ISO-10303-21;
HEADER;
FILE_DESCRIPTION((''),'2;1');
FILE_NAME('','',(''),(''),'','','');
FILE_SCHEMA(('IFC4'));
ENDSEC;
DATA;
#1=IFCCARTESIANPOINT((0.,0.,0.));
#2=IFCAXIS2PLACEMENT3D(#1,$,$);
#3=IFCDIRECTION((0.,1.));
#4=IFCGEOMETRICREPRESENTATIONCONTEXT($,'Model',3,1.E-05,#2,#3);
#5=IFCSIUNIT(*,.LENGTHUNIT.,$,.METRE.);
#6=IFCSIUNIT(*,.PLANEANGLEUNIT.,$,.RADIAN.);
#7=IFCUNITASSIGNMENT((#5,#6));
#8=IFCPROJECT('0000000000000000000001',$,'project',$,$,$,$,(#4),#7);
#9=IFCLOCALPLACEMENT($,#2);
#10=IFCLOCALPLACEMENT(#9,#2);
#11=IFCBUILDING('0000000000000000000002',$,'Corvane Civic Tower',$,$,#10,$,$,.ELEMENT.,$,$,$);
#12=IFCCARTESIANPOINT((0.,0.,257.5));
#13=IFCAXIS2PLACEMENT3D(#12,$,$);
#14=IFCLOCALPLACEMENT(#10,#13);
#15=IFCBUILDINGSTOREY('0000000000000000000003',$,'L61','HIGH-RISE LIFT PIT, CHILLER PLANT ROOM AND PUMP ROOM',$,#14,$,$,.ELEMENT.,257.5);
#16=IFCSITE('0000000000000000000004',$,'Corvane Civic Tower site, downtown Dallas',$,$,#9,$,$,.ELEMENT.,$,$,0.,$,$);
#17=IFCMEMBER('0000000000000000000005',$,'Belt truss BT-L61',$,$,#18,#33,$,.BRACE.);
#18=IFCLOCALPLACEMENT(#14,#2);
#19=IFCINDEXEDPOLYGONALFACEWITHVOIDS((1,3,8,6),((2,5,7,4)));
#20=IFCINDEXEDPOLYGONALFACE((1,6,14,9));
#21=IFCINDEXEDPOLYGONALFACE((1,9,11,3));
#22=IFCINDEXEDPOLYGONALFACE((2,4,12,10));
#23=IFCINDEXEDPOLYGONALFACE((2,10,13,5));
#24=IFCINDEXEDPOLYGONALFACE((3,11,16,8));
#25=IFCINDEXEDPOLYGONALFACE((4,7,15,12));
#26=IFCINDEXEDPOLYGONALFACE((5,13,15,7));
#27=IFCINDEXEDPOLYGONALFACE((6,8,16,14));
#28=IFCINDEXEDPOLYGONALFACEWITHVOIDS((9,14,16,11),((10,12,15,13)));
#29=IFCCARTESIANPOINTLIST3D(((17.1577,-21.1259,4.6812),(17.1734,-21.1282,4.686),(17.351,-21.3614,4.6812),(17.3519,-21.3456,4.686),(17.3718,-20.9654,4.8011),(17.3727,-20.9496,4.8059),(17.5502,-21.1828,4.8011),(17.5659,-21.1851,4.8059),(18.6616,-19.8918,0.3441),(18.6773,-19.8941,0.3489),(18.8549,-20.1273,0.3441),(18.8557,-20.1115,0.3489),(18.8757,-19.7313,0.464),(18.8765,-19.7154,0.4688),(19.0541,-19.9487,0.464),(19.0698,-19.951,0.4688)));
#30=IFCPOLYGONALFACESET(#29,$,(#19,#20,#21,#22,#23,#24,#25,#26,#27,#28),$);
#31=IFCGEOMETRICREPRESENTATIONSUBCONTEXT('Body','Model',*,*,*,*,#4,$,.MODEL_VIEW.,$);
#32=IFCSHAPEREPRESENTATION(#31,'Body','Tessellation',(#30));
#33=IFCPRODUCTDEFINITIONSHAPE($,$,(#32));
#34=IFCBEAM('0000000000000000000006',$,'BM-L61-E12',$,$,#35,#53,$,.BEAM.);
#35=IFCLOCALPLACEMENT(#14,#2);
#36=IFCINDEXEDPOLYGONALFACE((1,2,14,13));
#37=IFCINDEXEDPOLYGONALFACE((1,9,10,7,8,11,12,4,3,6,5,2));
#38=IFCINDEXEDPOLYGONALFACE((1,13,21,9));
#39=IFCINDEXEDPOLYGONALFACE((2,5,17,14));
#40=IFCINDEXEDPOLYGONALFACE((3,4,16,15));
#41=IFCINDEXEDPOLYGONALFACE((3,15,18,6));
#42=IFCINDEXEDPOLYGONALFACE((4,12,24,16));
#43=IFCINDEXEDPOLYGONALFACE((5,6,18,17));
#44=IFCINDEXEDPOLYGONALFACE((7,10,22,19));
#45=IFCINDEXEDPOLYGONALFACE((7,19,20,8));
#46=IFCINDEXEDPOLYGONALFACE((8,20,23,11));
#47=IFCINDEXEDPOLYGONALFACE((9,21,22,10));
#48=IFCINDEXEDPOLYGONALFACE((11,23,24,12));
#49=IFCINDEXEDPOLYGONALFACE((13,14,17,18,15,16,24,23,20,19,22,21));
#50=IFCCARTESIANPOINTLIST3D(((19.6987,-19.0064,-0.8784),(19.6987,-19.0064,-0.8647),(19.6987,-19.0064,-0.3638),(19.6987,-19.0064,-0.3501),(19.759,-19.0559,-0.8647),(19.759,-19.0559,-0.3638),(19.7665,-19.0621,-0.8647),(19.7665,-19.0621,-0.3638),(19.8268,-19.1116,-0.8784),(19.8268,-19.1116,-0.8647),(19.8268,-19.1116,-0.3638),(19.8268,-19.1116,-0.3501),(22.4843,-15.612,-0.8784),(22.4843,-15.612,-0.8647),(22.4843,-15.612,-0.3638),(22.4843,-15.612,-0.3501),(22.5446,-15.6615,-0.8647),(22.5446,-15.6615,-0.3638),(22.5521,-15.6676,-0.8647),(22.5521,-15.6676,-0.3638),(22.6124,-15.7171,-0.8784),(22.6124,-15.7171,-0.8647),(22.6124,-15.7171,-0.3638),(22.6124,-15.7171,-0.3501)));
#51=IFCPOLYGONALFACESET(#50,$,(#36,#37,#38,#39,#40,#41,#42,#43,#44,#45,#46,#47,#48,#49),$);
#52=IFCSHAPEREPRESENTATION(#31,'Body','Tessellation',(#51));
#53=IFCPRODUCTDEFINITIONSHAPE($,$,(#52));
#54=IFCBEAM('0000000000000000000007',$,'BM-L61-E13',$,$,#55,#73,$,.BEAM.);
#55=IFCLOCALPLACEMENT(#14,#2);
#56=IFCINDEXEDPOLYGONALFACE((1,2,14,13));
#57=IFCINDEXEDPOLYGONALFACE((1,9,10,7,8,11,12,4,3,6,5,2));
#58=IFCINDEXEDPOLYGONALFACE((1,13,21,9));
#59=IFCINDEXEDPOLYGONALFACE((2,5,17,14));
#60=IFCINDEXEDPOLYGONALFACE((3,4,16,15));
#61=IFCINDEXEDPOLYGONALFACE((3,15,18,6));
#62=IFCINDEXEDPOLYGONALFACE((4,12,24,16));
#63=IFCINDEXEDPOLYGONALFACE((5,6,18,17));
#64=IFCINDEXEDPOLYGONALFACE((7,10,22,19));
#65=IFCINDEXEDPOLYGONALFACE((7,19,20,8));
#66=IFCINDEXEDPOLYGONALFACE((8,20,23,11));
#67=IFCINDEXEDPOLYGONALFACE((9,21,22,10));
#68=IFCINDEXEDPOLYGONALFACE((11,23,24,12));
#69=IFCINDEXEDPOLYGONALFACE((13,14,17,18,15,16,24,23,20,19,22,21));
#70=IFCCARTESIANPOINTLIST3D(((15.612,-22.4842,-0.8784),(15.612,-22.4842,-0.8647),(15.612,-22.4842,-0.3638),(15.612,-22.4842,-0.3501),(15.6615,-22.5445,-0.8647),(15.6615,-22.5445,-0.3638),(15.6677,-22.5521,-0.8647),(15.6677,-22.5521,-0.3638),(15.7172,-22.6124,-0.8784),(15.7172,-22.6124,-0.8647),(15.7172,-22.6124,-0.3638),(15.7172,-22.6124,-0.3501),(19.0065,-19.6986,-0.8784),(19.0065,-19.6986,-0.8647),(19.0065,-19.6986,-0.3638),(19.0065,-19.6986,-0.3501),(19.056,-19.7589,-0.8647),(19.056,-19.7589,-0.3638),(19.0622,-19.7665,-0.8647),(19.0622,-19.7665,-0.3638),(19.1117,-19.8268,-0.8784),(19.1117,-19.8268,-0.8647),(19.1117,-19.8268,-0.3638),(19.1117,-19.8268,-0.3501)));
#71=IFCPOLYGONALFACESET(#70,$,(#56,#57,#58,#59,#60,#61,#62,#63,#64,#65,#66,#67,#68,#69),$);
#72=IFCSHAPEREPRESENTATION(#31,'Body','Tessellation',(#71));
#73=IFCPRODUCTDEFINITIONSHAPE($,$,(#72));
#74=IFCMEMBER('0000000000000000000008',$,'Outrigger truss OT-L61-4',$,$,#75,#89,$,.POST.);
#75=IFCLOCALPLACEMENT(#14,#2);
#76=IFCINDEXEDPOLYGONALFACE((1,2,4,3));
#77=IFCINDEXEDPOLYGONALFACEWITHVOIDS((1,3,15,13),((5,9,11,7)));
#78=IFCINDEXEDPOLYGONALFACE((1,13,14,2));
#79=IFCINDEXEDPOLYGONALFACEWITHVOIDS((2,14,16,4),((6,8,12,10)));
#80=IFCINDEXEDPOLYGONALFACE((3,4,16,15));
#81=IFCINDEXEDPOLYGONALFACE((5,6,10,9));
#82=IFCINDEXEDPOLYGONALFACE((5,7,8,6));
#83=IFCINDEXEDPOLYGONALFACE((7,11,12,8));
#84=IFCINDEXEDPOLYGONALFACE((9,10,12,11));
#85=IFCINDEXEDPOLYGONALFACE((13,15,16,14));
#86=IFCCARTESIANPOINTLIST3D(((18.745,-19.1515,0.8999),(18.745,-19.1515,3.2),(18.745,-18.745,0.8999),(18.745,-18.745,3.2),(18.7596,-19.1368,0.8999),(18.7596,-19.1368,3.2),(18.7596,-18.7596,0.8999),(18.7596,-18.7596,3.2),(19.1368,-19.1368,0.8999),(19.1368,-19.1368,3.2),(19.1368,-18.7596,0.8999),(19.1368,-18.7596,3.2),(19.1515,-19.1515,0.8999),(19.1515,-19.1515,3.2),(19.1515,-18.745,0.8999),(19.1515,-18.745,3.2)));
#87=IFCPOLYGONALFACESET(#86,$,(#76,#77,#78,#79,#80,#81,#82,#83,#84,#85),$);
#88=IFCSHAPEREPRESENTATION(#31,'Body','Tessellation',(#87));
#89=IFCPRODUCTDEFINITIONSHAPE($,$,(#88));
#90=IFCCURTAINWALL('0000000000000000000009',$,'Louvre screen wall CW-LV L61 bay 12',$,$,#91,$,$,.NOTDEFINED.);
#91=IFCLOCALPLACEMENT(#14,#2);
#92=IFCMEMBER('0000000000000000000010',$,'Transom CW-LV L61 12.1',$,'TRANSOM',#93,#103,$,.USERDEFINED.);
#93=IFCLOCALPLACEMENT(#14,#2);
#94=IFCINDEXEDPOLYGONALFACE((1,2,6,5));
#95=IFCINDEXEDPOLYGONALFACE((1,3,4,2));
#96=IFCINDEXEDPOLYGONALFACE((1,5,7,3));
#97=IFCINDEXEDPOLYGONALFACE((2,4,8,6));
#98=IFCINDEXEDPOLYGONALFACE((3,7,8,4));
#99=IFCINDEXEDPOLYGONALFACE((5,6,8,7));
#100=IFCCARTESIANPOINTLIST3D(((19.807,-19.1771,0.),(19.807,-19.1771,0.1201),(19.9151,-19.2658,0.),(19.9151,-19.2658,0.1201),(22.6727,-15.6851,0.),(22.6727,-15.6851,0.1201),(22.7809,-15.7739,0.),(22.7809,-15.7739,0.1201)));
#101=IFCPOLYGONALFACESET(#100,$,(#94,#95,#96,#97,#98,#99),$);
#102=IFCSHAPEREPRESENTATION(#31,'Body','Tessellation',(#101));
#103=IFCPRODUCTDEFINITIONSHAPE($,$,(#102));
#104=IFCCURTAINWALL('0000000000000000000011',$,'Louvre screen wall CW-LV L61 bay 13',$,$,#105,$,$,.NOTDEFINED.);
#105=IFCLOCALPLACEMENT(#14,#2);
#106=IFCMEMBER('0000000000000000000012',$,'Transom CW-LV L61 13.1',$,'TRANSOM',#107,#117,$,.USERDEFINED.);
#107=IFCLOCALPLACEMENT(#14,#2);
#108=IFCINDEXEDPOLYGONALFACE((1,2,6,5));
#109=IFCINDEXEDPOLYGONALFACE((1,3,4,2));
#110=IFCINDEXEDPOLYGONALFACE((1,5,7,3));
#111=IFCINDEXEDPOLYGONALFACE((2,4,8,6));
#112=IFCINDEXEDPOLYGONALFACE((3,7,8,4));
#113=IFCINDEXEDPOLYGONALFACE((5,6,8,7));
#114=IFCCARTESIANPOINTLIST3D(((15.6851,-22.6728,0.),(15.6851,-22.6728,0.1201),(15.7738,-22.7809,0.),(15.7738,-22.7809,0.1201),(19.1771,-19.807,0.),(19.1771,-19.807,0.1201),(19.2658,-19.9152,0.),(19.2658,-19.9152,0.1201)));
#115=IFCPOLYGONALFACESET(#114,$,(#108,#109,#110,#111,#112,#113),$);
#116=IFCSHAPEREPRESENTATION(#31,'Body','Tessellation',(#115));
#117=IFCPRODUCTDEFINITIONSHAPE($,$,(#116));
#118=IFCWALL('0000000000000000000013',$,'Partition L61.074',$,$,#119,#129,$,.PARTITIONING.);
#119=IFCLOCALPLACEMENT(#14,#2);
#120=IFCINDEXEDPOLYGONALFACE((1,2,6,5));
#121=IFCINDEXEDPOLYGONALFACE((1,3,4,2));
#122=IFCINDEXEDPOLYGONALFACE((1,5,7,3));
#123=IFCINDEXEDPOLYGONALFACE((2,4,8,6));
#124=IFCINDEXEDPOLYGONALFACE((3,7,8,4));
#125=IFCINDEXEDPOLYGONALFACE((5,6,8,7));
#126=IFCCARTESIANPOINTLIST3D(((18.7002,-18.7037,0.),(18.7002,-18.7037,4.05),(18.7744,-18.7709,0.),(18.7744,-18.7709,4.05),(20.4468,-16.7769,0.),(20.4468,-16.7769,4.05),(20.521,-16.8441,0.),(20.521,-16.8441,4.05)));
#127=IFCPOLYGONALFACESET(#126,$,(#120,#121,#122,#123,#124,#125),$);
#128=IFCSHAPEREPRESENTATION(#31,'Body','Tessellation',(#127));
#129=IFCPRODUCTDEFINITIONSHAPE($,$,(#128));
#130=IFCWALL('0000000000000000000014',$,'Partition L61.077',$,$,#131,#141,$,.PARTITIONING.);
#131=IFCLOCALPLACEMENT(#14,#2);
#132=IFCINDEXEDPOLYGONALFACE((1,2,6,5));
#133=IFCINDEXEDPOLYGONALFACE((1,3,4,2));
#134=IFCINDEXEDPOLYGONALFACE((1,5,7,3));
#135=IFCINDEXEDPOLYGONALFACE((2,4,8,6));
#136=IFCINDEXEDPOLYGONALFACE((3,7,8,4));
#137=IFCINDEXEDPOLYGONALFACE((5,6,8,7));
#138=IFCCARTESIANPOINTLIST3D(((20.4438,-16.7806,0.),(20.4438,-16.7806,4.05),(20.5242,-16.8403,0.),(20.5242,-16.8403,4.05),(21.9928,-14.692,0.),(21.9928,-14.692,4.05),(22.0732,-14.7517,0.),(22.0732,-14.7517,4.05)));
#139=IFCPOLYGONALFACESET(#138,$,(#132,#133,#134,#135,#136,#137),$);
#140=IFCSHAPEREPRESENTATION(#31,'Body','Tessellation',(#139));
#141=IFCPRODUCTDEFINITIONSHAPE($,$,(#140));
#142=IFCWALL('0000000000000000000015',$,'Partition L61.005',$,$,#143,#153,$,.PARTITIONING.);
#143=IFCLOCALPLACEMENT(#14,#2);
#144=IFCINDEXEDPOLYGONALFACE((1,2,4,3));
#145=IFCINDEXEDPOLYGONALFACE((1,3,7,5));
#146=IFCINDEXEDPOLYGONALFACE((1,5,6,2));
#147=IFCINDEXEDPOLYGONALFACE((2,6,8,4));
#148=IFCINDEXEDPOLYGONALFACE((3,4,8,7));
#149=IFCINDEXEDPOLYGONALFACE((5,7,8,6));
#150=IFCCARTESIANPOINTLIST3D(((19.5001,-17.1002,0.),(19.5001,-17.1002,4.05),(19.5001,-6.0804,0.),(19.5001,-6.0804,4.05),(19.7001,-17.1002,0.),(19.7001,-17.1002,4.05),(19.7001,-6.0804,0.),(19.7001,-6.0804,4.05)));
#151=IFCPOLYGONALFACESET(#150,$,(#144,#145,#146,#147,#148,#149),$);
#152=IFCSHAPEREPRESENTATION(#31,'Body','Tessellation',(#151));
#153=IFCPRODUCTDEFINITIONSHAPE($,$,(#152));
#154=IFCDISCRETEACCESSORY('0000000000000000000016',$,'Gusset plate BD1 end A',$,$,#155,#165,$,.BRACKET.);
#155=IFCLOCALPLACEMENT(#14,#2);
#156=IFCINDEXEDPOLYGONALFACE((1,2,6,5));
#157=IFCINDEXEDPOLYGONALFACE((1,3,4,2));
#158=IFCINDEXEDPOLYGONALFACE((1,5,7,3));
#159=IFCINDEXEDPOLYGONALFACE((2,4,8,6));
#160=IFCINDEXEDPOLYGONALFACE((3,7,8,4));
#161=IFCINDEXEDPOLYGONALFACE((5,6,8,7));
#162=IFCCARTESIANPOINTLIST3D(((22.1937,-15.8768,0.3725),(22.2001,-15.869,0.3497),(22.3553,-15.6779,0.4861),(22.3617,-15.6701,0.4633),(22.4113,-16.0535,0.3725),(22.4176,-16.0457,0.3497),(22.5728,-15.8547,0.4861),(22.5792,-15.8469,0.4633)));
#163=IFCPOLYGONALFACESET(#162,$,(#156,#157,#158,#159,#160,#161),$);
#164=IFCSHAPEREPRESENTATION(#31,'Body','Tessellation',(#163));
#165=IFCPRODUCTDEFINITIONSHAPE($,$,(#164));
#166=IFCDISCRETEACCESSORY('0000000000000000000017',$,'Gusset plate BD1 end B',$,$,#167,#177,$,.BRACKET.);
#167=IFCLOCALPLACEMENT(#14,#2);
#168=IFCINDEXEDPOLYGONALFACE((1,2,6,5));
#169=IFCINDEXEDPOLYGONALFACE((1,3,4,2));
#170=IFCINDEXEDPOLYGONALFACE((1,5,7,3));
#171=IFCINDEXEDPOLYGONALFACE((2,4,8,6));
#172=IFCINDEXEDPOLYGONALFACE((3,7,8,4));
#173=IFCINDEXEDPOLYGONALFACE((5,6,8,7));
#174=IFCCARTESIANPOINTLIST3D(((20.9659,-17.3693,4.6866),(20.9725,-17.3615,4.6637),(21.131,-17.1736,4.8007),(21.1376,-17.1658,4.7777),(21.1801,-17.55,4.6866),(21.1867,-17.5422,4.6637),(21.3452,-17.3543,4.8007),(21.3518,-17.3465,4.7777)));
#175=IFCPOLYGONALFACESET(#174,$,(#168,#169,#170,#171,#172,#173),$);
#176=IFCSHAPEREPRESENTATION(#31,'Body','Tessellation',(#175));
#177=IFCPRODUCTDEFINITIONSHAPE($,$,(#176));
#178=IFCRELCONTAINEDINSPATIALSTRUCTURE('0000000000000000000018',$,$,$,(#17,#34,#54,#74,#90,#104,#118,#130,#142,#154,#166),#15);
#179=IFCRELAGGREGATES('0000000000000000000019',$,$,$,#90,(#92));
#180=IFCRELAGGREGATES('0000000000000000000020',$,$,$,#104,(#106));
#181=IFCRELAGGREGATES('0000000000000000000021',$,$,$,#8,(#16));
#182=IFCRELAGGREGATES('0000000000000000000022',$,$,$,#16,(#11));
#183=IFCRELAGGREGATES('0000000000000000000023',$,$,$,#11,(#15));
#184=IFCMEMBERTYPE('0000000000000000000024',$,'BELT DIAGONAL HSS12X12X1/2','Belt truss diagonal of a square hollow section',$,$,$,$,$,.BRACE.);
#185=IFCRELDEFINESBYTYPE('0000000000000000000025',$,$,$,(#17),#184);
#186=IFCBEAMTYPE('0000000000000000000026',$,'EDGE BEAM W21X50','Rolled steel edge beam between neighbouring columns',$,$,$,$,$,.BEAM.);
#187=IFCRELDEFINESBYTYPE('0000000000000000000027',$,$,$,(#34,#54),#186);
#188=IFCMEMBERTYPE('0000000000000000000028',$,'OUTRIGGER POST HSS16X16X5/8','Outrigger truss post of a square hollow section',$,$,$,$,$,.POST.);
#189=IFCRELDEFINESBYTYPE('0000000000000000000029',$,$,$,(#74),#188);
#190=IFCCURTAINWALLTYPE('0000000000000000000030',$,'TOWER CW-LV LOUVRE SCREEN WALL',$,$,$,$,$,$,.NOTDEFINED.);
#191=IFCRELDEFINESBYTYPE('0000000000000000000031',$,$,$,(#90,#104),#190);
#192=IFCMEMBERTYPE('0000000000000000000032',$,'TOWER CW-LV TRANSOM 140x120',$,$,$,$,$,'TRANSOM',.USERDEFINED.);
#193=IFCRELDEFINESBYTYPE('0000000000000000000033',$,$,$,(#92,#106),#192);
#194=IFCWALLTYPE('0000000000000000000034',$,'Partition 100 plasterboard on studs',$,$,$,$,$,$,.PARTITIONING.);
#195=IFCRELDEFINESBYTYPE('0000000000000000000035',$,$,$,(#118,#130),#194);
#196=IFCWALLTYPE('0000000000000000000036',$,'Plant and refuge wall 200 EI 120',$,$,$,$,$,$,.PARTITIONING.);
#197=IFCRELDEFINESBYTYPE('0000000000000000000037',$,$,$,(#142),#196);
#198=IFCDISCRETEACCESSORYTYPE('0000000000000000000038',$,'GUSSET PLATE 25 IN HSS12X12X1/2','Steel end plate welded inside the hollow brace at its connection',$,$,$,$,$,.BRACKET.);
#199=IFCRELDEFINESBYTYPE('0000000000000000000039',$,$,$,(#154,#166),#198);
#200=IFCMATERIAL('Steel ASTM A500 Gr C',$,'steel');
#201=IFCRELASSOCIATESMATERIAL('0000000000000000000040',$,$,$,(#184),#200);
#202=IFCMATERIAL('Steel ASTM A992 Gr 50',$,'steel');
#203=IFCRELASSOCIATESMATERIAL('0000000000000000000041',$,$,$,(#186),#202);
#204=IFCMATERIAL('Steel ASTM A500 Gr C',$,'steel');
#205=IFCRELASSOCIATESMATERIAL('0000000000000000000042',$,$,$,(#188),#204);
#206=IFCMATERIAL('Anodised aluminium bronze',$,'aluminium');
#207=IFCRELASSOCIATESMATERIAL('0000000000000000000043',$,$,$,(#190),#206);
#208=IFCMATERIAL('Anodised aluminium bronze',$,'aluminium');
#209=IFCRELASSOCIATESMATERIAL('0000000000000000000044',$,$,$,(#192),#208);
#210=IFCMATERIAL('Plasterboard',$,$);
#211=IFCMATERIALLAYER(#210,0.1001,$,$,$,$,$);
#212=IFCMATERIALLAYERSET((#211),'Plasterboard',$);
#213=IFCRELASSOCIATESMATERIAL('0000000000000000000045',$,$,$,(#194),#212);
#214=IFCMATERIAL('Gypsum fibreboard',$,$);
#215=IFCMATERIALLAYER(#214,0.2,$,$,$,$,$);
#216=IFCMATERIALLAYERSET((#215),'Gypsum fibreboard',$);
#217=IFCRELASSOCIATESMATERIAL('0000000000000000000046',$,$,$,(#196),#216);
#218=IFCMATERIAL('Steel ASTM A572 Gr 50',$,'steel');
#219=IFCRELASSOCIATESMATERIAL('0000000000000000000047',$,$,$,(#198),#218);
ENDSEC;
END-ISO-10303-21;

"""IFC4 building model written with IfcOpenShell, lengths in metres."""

from ifc_helpers import new_model, si_unit, direction, frame, frame_2d, origin, origin_2d, place, context, subcontext, project, spatial, rectangle, hollow_rectangle, i_section, extrude, material, layer, layer_set, material_profile, profile_set, type_object, element, aggregate, save


model = new_model("IFC4")

# Units and contexts
model_context = context("Model", 3, precision=1e-05, world=origin(), true_north=direction((0.0, 1.0)))
body_context = subcontext(model_context, "Body", "Model", "MODEL_VIEW")
ifc_project = project(units=[si_unit("LENGTHUNIT", "METRE"), si_unit("PLANEANGLEUNIT", "RADIAN")], contexts=[model_context])

# Site, building, storey
site_placement = place(None, origin())
site = spatial("IfcSite", under=ifc_project, at=site_placement, Name="Corvane Civic Tower site, downtown Dallas", CompositionType="ELEMENT", RefElevation=0.0)
building_placement = place(site_placement, origin())
building = spatial("IfcBuilding", under=site, at=building_placement, Name="Corvane Civic Tower", CompositionType="ELEMENT")
storey_placement = place(building_placement, frame((0.0, 0.0, 257.5)))
storey = spatial("IfcBuildingStorey", under=building, at=storey_placement, Name="L61", Description="HIGH-RISE LIFT PIT, CHILLER PLANT ROOM AND PUMP ROOM", CompositionType="ELEMENT", Elevation=257.5)

# Member
ifc_material_1 = material(Name="Steel ASTM A500 Gr C", Category="steel")
ifc_material_profile_1 = material_profile(ifc_material_1, hollow_rectangle(XDim=0.3047, YDim=0.3047, WallThickness=0.0117, at=origin_2d()), Name="HSS12X12X1/2")
ifc_profile_set_1 = profile_set([ifc_material_profile_1], Name="Steel ASTM A500 Gr C")
member_type_1 = type_object("IfcMemberType", Name="BELT DIAGONAL HSS12X12X1/2", Description="Belt truss diagonal of a square hollow section", PredefinedType="BRACE", material=ifc_profile_set_1)
for number, where, z_axis, x_axis, name in (
    (1, (18.8657, -19.9214, 0.4065), (-0.316379, -0.259626, 0.912414), (0.634365, -0.773034, 0.0), "Belt truss BT-L61"),
):
    element("IfcMember", number, at=place(storey_placement, frame(where, z_axis=z_axis, x_axis=x_axis)), inside=storey, type_object=member_type_1, Name=name, PredefinedType="BRACE", context=body_context, shape_type="SweptSolid", body=[
        extrude(hollow_rectangle(XDim=0.3047, YDim=0.3047, WallThickness=0.0117, at=origin_2d()), origin(), (0.0, 0.0, 1.0), 4.7534),
    ])

# Beams
ifc_material_2 = material(Name="Steel ASTM A992 Gr 50", Category="steel")
ifc_material_profile_2 = material_profile(ifc_material_2, i_section(OverallWidth=0.1658, OverallDepth=0.5283, WebThickness=0.0098, FlangeThickness=0.0137, at=origin_2d()), Name="W21X50")
ifc_profile_set_2 = profile_set([ifc_material_profile_2], Name="Steel ASTM A992 Gr 50")
beam_type = type_object("IfcBeamType", Name="EDGE BEAM W21X50", Description="Rolled steel edge beam between neighbouring columns", PredefinedType="BEAM", material=ifc_profile_set_2)
for number, where, z_axis, x_axis, name in (
    (2, (22.5483, -15.6646, -0.6143), (-0.634369, -0.77303, 0.0), (0.77303, -0.634369, 0.0), "BM-L61-E12"),
    (3, (19.0591, -19.7627, -0.6143), (-0.77303, -0.634369, 0.0), (0.634369, -0.77303, 0.0), "BM-L61-E13"),
):
    element("IfcBeam", number, at=place(storey_placement, frame(where, z_axis=z_axis, x_axis=x_axis)), inside=storey, type_object=beam_type, Name=name, PredefinedType="BEAM", context=body_context, shape_type="SweptSolid", body=[
        extrude(i_section(OverallWidth=0.1658, OverallDepth=0.5283, WebThickness=0.0098, FlangeThickness=0.0137, at=origin_2d()), origin(), (0.0, 0.0, 1.0), 4.3911),
    ])

# Member
ifc_material_3 = material(Name="Steel ASTM A500 Gr C", Category="steel")
ifc_material_profile_3 = material_profile(ifc_material_3, hollow_rectangle(XDim=0.4065, YDim=0.4065, WallThickness=0.0146, at=origin_2d()), Name="HSS16X16X5/8")
ifc_profile_set_3 = profile_set([ifc_material_profile_3], Name="Steel ASTM A500 Gr C")
member_type_2 = type_object("IfcMemberType", Name="OUTRIGGER POST HSS16X16X5/8", Description="Outrigger truss post of a square hollow section", PredefinedType="POST", material=ifc_profile_set_3)
member_1_placement = place(storey_placement, frame((18.9482, -18.9482, 0.8999), z_axis=(0.0, 0.0, 1.0), x_axis=(1.0, 0.0, 0.0)))
element("IfcMember", 4, at=member_1_placement, inside=storey, type_object=member_type_2, Name="Outrigger truss OT-L61-4", PredefinedType="POST", context=body_context, shape_type="SweptSolid", body=[
    extrude(hollow_rectangle(XDim=0.4065, YDim=0.4065, WallThickness=0.0146, at=origin_2d()), origin(), (0.0, 0.0, 1.0), 2.3),
])

# Curtain walls, members
ifc_material_4 = material(Name="Anodised aluminium bronze", Category="aluminium")
curtain_wall_type = type_object("IfcCurtainWallType", Name="TOWER CW-LV LOUVRE SCREEN WALL", PredefinedType="NOTDEFINED", material=ifc_material_4)
curtain_wall_1_placement = place(storey_placement, origin())
curtain_wall_1 = element("IfcCurtainWall", 5, at=curtain_wall_1_placement, inside=storey, type_object=curtain_wall_type, Name="Louvre screen wall CW-LV L61 bay 12", PredefinedType="NOTDEFINED")
ifc_material_5 = material(Name="Anodised aluminium bronze", Category="aluminium")
ifc_material_profile_4 = material_profile(ifc_material_5, rectangle(XDim=0.1399, YDim=0.1201, at=origin_2d()), Name="TOWER CW-LV TRANSOM 140x120")
ifc_profile_set_4 = profile_set([ifc_material_profile_4], Name="Anodised aluminium bronze")
member_type_3 = type_object("IfcMemberType", Name="TOWER CW-LV TRANSOM 140x120", ElementType="TRANSOM", PredefinedType="USERDEFINED", material=ifc_profile_set_4)
member_2_placement = place(storey_placement, frame((22.7268, -15.7295, 0.0601), z_axis=(-0.634388, -0.773015, 0.0), x_axis=(0.773015, -0.634388, 0.0)))
member_2 = element("IfcMember", 6, at=member_2_placement, type_object=member_type_3, Name="Transom CW-LV L61 12.1", ObjectType="TRANSOM", PredefinedType="USERDEFINED", context=body_context, shape_type="SweptSolid", body=[
    extrude(rectangle(XDim=0.1399, YDim=0.1201, at=origin_2d()), origin(), (0.0, 0.0, 1.0), 4.5173),
])
curtain_wall_2_placement = place(storey_placement, origin())
curtain_wall_2 = element("IfcCurtainWall", 7, at=curtain_wall_2_placement, inside=storey, type_object=curtain_wall_type, Name="Louvre screen wall CW-LV L61 bay 13", PredefinedType="NOTDEFINED")
member_3_placement = place(storey_placement, frame((19.2214, -19.8611, 0.0601), z_axis=(-0.773015, -0.634388, 0.0), x_axis=(0.634388, -0.773015, 0.0)))
member_3 = element("IfcMember", 8, at=member_3_placement, type_object=member_type_3, Name="Transom CW-LV L61 13.1", ObjectType="TRANSOM", PredefinedType="USERDEFINED", context=body_context, shape_type="SweptSolid", body=[
    extrude(rectangle(XDim=0.1399, YDim=0.1201, at=origin_2d()), origin(), (0.0, 0.0, 1.0), 4.5173),
])

# Walls
ifc_material_6 = material(Name="Plasterboard")
ifc_layer_1 = layer(ifc_material_6, 0.1001)
ifc_layer_set_1 = layer_set([ifc_layer_1], Name="Plasterboard")
wall_type_1 = type_object("IfcWallType", Name="Partition 100 plasterboard on studs", PredefinedType="PARTITIONING", material=ifc_layer_set_1)
wall_1_placement = place(storey_placement, frame((18.7373, -18.7373, 0.0), z_axis=(0.0, 0.0, 1.0), x_axis=(0.671616, 0.740899, 0.0)))
element("IfcWall", 9, at=wall_1_placement, inside=storey, type_object=wall_type_1, Name="Partition L61.074", PredefinedType="PARTITIONING", context=body_context, shape_type="SweptSolid", body=[
    extrude(rectangle(XDim=2.6006, YDim=0.1001, at=frame_2d((1.3003, 0.0))), origin(), (0.0, 0.0, 1.0), 4.05),
])
wall_2_placement = place(storey_placement, frame((20.4839, -16.8105, 0.0), z_axis=(0.0, 0.0, 1.0), x_axis=(0.59571, 0.803199, 0.0)))
element("IfcWall", 10, at=wall_2_placement, inside=storey, type_object=wall_type_1, Name="Partition L61.077", PredefinedType="PARTITIONING", context=body_context, shape_type="SweptSolid", body=[
    extrude(rectangle(XDim=2.6003, YDim=0.1001, at=frame_2d((1.3003, 0.0))), origin(), (0.0, 0.0, 1.0), 4.05),
])
ifc_material_7 = material(Name="Gypsum fibreboard")
ifc_layer_2 = layer(ifc_material_7, 0.2)
ifc_layer_set_2 = layer_set([ifc_layer_2], Name="Gypsum fibreboard")
wall_type_2 = type_object("IfcWallType", Name="Plant and refuge wall 200 EI 120", PredefinedType="PARTITIONING", material=ifc_layer_set_2)
wall_3_placement = place(storey_placement, frame((19.6001, -17.1001, 0.0), z_axis=(0.0, 0.0, 1.0), x_axis=(0.0, 1.0, 0.0)))
element("IfcWall", 11, at=wall_3_placement, inside=storey, type_object=wall_type_2, Name="Partition L61.005", PredefinedType="PARTITIONING", context=body_context, shape_type="SweptSolid", body=[
    extrude(rectangle(XDim=11.0198, YDim=0.2, at=frame_2d((5.5098, 0.0))), origin(), (0.0, 0.0, 1.0), 4.05),
])

aggregate(curtain_wall_1, [member_2])
aggregate(curtain_wall_2, [member_3])

# Discrete accessories
ifc_material_8 = material(Name="Steel ASTM A572 Gr 50", Category="steel")
ifc_material_profile_5 = material_profile(ifc_material_8, rectangle(XDim=0.2803, YDim=0.2803, at=origin_2d()), Name="GUSSET PLATE 25 IN HSS12X12X1/2")
ifc_profile_set_5 = profile_set([ifc_material_profile_5], Name="Steel ASTM A572 Gr 50")
discrete_accessory_type_1 = type_object("IfcDiscreteAccessoryType", Name="GUSSET PLATE 25 IN HSS12X12X1/2", Description="Steel end plate welded inside the hollow brace at its connection", PredefinedType="BRACKET", material=ifc_profile_set_5)
discrete_accessory_1_placement = place(storey_placement, frame((22.3896, -15.8579, 0.4065), z_axis=(-0.255578, -0.314558, 0.914184), x_axis=(0.776114, -0.630593, 0.0)))
element("IfcDiscreteAccessory", 12, at=discrete_accessory_1_placement, inside=storey, type_object=discrete_accessory_type_1, Name="Gusset plate BD1 end A", PredefinedType="BRACKET", context=body_context, shape_type="SweptSolid", body=[
    extrude(rectangle(XDim=0.2803, YDim=0.2803, at=origin_2d()), origin(), (0.0, 0.0, 1.0), 0.0249),
])
discrete_accessory_2_placement = place(storey_placement, frame((21.1555, -17.3618, 4.7437), z_axis=(0.262383, 0.310973, -0.913483), x_axis=(-0.764291, 0.644871, 0.0)))
element("IfcDiscreteAccessory", 13, at=discrete_accessory_2_placement, inside=storey, type_object=discrete_accessory_type_1, Name="Gusset plate BD1 end B", PredefinedType="BRACKET", context=body_context, shape_type="SweptSolid", body=[
    extrude(rectangle(XDim=0.2803, YDim=0.2803, at=origin_2d()), origin(), (0.0, 0.0, 1.0), 0.0251),
])

save(model, "model.ifc")
